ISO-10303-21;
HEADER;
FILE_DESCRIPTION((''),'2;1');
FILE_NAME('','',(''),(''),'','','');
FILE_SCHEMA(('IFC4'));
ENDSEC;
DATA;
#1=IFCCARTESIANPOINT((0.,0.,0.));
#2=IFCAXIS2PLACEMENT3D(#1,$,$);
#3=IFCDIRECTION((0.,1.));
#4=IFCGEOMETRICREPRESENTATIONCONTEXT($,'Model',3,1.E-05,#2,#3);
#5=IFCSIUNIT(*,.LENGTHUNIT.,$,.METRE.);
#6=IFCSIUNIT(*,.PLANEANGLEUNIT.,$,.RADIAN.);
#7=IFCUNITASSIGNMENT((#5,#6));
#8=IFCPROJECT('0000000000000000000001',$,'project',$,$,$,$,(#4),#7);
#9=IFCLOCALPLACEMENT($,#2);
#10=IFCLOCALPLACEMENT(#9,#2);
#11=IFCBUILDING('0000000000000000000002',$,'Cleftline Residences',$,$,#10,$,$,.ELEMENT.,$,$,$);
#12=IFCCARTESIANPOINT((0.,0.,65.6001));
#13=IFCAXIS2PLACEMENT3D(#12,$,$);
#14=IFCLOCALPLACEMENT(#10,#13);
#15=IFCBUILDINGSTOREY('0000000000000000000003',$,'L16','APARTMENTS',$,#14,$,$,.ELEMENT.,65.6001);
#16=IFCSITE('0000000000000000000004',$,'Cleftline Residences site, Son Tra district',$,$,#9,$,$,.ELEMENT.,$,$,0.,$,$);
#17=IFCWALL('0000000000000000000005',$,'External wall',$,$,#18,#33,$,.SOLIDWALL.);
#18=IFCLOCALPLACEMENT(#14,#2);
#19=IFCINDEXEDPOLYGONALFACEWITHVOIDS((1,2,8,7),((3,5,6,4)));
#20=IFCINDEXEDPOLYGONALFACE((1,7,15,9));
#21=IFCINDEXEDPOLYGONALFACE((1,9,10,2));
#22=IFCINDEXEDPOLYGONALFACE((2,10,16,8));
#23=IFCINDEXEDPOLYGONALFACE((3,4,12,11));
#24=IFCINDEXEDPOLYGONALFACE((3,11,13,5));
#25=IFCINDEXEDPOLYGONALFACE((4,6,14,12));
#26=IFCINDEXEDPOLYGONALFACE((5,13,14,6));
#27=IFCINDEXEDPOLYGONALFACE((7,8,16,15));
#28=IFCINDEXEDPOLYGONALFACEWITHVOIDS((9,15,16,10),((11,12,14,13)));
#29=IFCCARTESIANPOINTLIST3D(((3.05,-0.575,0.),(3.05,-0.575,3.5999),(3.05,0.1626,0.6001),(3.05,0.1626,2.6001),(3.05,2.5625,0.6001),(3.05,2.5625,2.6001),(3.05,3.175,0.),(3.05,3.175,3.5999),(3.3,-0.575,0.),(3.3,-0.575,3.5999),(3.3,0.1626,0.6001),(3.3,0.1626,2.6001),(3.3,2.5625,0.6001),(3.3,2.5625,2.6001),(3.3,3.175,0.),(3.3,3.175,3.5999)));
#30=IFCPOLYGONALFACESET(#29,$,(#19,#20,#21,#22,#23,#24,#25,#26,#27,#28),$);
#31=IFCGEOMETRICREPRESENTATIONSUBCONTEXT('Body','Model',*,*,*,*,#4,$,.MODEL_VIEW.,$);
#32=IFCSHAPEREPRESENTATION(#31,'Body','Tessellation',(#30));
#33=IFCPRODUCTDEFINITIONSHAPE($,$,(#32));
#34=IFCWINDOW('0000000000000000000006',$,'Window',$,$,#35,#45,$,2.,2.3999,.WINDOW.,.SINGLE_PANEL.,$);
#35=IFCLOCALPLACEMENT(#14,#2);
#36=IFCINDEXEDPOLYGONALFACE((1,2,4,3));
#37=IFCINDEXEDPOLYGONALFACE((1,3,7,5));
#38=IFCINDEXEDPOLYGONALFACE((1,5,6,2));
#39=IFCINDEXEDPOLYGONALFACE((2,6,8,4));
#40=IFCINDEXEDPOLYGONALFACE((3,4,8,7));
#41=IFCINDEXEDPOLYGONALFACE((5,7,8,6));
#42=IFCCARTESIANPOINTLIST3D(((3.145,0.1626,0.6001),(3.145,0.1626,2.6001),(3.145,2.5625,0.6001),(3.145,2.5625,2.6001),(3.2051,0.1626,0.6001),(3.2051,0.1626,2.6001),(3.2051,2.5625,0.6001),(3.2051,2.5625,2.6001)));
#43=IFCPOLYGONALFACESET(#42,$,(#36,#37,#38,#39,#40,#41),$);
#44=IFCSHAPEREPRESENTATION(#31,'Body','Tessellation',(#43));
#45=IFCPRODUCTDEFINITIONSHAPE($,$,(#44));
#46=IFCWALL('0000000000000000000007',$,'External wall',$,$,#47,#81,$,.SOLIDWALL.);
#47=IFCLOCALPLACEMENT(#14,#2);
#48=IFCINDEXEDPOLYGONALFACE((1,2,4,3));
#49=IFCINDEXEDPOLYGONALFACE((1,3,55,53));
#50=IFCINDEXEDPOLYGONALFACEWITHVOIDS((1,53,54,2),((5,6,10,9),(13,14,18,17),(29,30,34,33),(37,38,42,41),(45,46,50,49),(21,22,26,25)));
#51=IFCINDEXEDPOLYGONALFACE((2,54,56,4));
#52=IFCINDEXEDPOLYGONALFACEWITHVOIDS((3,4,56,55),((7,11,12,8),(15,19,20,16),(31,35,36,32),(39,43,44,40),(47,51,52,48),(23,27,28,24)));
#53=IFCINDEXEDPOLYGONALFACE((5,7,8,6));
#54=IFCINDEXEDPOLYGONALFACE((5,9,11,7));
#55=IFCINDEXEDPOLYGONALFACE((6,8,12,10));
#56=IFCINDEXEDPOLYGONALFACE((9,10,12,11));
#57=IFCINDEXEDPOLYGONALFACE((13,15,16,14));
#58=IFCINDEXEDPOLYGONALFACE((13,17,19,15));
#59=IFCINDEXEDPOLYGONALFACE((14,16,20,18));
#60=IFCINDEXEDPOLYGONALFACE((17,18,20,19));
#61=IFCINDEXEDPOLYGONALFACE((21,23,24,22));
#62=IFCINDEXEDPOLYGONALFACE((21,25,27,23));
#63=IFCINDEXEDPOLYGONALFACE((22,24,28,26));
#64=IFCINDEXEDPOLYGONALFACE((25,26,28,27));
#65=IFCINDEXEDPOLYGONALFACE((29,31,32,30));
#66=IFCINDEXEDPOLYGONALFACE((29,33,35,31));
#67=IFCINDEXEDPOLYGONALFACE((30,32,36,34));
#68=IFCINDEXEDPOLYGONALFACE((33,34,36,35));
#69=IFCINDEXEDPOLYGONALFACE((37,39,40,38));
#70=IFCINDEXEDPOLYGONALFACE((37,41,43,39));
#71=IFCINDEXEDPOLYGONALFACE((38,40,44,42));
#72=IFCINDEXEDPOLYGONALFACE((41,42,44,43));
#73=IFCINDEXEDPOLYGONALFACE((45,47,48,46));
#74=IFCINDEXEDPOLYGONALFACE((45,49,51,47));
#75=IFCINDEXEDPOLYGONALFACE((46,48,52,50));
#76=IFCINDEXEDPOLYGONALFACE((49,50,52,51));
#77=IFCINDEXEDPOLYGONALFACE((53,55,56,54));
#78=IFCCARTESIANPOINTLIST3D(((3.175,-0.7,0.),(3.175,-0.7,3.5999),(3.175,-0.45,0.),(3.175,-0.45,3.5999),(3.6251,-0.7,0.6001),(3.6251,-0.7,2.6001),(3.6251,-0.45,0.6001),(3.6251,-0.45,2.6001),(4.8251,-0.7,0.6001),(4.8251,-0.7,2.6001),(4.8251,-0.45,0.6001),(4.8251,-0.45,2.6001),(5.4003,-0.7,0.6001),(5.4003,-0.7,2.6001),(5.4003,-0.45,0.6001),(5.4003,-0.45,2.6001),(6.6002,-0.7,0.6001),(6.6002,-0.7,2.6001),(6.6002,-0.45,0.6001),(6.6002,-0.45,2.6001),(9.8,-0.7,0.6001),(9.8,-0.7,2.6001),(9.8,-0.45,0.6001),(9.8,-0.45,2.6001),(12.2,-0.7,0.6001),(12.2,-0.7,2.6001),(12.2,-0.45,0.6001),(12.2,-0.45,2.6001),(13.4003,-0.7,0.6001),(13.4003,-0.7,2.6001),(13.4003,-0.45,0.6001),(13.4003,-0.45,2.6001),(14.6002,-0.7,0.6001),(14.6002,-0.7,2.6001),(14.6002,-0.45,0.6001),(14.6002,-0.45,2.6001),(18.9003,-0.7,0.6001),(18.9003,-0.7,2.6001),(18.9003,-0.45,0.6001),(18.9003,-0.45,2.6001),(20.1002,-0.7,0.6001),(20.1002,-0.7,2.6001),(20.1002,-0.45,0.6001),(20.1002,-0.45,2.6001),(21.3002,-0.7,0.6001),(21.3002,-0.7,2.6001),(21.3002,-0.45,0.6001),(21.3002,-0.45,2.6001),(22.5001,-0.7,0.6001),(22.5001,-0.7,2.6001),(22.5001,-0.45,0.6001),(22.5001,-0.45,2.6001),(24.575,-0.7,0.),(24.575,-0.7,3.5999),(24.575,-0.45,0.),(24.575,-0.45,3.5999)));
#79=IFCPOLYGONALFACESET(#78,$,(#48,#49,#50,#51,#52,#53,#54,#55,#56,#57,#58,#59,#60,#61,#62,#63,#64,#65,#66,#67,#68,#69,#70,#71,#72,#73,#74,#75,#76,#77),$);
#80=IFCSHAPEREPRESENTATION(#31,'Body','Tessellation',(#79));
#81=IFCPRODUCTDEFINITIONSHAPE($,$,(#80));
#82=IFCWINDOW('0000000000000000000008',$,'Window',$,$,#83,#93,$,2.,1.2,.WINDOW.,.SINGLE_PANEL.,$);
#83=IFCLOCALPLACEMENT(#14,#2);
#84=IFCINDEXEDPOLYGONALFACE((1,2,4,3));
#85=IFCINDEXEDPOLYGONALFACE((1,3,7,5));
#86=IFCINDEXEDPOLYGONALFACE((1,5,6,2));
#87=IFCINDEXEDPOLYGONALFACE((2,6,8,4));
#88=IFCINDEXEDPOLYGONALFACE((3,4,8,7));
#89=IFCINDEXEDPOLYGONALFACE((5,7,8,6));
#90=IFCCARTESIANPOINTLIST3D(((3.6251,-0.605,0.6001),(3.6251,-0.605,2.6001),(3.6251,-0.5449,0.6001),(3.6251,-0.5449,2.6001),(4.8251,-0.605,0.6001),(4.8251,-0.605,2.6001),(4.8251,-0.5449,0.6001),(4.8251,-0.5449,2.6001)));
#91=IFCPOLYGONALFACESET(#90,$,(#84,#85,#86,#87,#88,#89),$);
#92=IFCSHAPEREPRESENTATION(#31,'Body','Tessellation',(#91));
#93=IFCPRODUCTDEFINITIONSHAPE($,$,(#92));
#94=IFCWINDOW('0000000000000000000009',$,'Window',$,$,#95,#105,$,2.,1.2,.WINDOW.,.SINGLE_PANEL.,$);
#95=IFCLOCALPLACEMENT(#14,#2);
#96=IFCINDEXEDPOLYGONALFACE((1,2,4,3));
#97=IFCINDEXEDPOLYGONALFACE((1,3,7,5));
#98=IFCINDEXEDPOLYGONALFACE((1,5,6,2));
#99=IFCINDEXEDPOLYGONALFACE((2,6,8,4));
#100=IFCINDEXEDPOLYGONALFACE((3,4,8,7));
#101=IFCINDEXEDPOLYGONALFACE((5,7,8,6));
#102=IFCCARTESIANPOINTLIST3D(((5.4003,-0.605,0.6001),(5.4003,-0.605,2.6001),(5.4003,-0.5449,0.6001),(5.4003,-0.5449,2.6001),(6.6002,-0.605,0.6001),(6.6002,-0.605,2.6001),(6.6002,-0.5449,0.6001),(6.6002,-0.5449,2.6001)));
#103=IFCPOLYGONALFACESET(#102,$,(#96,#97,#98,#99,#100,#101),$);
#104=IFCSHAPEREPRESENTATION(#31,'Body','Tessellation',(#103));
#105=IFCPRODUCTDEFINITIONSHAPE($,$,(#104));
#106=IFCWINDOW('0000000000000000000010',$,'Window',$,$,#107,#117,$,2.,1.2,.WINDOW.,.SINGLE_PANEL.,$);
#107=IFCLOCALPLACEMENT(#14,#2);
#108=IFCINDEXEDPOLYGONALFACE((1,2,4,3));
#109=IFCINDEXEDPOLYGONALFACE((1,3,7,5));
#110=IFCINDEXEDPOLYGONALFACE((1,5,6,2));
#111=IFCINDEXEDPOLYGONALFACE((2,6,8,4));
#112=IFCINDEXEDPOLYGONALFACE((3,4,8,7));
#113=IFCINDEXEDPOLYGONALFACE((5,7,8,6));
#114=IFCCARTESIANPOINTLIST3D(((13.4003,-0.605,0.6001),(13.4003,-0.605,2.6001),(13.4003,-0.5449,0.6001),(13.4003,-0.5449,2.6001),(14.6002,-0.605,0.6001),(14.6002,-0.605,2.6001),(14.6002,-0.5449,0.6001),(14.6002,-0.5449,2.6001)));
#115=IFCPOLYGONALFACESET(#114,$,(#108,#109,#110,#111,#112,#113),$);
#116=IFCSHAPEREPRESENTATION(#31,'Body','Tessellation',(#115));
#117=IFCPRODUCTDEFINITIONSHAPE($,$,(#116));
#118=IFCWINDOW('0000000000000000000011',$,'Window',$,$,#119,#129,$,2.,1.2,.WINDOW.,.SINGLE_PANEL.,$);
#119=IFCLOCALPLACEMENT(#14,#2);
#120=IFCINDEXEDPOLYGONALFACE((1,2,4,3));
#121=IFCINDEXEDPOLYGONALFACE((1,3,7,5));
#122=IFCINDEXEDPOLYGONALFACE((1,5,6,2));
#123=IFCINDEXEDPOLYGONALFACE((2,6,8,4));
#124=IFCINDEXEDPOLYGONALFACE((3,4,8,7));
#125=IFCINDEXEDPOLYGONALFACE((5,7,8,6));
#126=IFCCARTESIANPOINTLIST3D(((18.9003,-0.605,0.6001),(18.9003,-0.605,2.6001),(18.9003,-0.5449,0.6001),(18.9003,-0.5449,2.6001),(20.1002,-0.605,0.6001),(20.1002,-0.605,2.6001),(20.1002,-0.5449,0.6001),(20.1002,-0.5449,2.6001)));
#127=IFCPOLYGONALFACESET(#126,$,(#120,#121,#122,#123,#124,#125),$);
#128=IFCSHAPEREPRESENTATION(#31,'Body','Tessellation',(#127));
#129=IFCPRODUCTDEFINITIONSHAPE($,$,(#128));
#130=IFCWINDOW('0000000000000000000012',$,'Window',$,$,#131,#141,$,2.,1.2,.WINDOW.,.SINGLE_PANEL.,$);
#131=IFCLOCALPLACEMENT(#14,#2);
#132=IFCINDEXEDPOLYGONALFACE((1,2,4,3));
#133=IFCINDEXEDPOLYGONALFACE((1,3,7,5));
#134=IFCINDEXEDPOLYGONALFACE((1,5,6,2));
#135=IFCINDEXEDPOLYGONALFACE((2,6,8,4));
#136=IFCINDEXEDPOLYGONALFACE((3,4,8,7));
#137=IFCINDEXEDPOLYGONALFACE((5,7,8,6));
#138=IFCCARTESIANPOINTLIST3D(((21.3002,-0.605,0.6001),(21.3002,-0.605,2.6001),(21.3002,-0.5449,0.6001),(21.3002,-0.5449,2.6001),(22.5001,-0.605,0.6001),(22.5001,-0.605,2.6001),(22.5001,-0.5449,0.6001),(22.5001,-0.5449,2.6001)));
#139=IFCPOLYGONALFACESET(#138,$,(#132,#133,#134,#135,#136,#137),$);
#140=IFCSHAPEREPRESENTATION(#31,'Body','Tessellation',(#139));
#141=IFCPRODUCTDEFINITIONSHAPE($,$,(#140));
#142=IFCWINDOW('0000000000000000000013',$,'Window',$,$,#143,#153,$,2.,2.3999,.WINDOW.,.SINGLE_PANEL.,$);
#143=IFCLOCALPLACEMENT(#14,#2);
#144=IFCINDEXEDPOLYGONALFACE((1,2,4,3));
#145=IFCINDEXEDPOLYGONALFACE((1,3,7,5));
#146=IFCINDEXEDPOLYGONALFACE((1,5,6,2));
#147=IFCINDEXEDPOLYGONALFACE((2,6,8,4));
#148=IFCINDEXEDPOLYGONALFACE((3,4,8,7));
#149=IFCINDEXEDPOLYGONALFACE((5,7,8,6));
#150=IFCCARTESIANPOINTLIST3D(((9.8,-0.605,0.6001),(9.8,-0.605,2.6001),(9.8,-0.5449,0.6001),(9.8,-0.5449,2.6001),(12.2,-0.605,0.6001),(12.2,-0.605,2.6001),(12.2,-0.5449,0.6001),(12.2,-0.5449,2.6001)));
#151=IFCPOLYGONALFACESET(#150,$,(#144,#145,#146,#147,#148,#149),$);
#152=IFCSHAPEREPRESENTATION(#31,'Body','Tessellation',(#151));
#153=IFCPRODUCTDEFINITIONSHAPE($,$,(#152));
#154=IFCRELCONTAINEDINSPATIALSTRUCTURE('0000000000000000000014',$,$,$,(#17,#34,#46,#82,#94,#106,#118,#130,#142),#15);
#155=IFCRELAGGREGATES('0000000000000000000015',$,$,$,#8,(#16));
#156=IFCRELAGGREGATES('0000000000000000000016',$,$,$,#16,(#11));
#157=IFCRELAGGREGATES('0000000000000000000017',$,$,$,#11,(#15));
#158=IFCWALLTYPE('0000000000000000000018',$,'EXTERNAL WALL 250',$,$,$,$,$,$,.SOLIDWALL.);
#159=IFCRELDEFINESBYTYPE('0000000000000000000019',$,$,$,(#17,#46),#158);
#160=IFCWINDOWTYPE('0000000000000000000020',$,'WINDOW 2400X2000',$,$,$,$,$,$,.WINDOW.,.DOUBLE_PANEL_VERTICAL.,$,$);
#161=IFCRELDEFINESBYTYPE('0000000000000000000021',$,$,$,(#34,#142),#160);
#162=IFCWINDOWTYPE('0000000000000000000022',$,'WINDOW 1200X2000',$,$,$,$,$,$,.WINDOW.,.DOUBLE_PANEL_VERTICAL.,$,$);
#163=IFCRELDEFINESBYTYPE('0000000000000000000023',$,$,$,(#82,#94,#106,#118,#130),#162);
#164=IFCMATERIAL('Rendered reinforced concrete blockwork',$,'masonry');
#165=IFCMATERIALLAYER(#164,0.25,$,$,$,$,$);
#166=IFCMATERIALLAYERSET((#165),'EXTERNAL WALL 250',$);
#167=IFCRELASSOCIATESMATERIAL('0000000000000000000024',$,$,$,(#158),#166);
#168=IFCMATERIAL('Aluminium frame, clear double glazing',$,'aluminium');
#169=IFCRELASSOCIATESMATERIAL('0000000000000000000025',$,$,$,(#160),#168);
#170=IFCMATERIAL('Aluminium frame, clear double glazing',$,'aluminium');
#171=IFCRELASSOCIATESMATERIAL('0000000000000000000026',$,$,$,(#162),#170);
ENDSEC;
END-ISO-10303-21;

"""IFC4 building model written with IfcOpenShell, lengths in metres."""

from ifc_helpers import new_model, si_unit, direction, frame, frame_2d, origin, place, context, subcontext, project, spatial, rectangle, extrude, material, layer, layer_set, type_object, element, fill, save


model = new_model("IFC4")

# Units and contexts
model_context = context("Model", 3, precision=1e-05, world=origin(), true_north=direction((0.0, 1.0)))
body_context = subcontext(model_context, "Body", "Model", "MODEL_VIEW")
ifc_project = project(units=[si_unit("LENGTHUNIT", "METRE"), si_unit("PLANEANGLEUNIT", "RADIAN")], contexts=[model_context])

# Site, building, storey
site_placement = place(None, origin())
site = spatial("IfcSite", under=ifc_project, at=site_placement, Name="Cleftline Residences site, Son Tra district", CompositionType="ELEMENT", RefElevation=0.0)
building_placement = place(site_placement, origin())
building = spatial("IfcBuilding", under=site, at=building_placement, Name="Cleftline Residences", CompositionType="ELEMENT")
storey_placement = place(building_placement, frame((0.0, 0.0, 65.6001)))
storey = spatial("IfcBuildingStorey", under=building, at=storey_placement, Name="L16", Description="APARTMENTS", CompositionType="ELEMENT", Elevation=65.6001)

# Wall, opening, window
ifc_material_1 = material(Name="Rendered reinforced concrete blockwork", Category="masonry")
ifc_layer_1 = layer(ifc_material_1, 0.25)
ifc_layer_set_1 = layer_set([ifc_layer_1], Name="EXTERNAL WALL 250")
wall_type_1 = type_object("IfcWallType", Name="EXTERNAL WALL 250", PredefinedType="SOLIDWALL", material=ifc_layer_set_1)
wall_1_placement = place(storey_placement, frame((3.175, 3.175, 0.0), z_axis=(0.0, 0.0, 1.0), x_axis=(0.0, -1.0, 0.0)))
wall_1 = element("IfcWall", 1, at=wall_1_placement, inside=storey, type_object=wall_type_1, Name="External wall", PredefinedType="SOLIDWALL", context=body_context, shape_type="SweptSolid", body=[
    extrude(rectangle(XDim=3.75, YDim=0.25, at=frame_2d((1.875, 0.0))), origin(), (0.0, 0.0, 1.0), 3.5999),
])
opening_1_placement = place(wall_1_placement, frame((0.6125, 0.0, 0.6001)))
opening_1 = element("IfcOpeningElement", 2, at=opening_1_placement, cuts=wall_1, PredefinedType="OPENING", context=body_context, shape_type="SweptSolid", body=[
    extrude(rectangle(XDim=2.3999, YDim=2.0, at=frame_2d((1.2, 1.0))), frame((0.0, 0.135, 0.0), z_axis=(0.0, -1.0, 0.0), x_axis=(1.0, 0.0, 0.0)), (0.0, 0.0, 1.0), 0.27),
])
ifc_material_2 = material(Name="Aluminium frame, clear double glazing", Category="aluminium")
window_type_1 = type_object("IfcWindowType", Name="WINDOW 2400X2000", PartitioningType="DOUBLE_PANEL_VERTICAL", PredefinedType="WINDOW", material=ifc_material_2)
window_1_placement = place(opening_1_placement, origin())
window_1 = element("IfcWindow", 3, at=window_1_placement, inside=storey, type_object=window_type_1, Name="Window", OverallHeight=2.0, OverallWidth=2.3999, PartitioningType="SINGLE_PANEL", PredefinedType="WINDOW", context=body_context, shape_type="SweptSolid", body=[
    extrude(rectangle(XDim=2.3999, YDim=2.0, at=frame_2d((1.2, 1.0))), frame((0.0, 0.03, 0.0), z_axis=(0.0, -1.0, 0.0), x_axis=(1.0, 0.0, 0.0)), (0.0, 0.0, 1.0), 0.0601),
])
fill(opening_1, window_1)

# Wall, openings, windows
wall_2_placement = place(storey_placement, frame((3.175, -0.575, 0.0), z_axis=(0.0, 0.0, 1.0), x_axis=(1.0, 0.0, 0.0)))
wall_2 = element("IfcWall", 4, at=wall_2_placement, inside=storey, type_object=wall_type_1, Name="External wall", PredefinedType="SOLIDWALL", context=body_context, shape_type="SweptSolid", body=[
    extrude(rectangle(XDim=21.3999, YDim=0.25, at=frame_2d((10.7, 0.0))), origin(), (0.0, 0.0, 1.0), 3.5999),
])
opening_2_placement = place(wall_2_placement, frame((0.45, 0.0, 0.6001)))
opening_2 = element("IfcOpeningElement", 5, at=opening_2_placement, cuts=wall_2, PredefinedType="OPENING", context=body_context, shape_type="SweptSolid", body=[
    extrude(rectangle(XDim=1.2, YDim=2.0, at=frame_2d((0.6001, 1.0))), frame((0.0, 0.135, 0.0), z_axis=(0.0, -1.0, 0.0), x_axis=(1.0, 0.0, 0.0)), (0.0, 0.0, 1.0), 0.27),
])
opening_3_placement = place(wall_2_placement, frame((2.2251, 0.0, 0.6001)))
opening_3 = element("IfcOpeningElement", 6, at=opening_3_placement, cuts=wall_2, PredefinedType="OPENING", context=body_context, shape_type="SweptSolid", body=[
    extrude(rectangle(XDim=1.2, YDim=2.0, at=frame_2d((0.6001, 1.0))), frame((0.0, 0.135, 0.0), z_axis=(0.0, -1.0, 0.0), x_axis=(1.0, 0.0, 0.0)), (0.0, 0.0, 1.0), 0.27),
])
opening_4_placement = place(wall_2_placement, frame((6.625, 0.0, 0.6001)))
opening_4 = element("IfcOpeningElement", 7, at=opening_4_placement, cuts=wall_2, PredefinedType="OPENING", context=body_context, shape_type="SweptSolid", body=[
    extrude(rectangle(XDim=2.3999, YDim=2.0, at=frame_2d((1.2, 1.0))), frame((0.0, 0.135, 0.0), z_axis=(0.0, -1.0, 0.0), x_axis=(1.0, 0.0, 0.0)), (0.0, 0.0, 1.0), 0.27),
])
opening_5_placement = place(wall_2_placement, frame((10.2251, 0.0, 0.6001)))
opening_5 = element("IfcOpeningElement", 8, at=opening_5_placement, cuts=wall_2, PredefinedType="OPENING", context=body_context, shape_type="SweptSolid", body=[
    extrude(rectangle(XDim=1.2, YDim=2.0, at=frame_2d((0.6001, 1.0))), frame((0.0, 0.135, 0.0), z_axis=(0.0, -1.0, 0.0), x_axis=(1.0, 0.0, 0.0)), (0.0, 0.0, 1.0), 0.27),
])
opening_6_placement = place(wall_2_placement, frame((15.7251, 0.0, 0.6001)))
opening_6 = element("IfcOpeningElement", 9, at=opening_6_placement, cuts=wall_2, PredefinedType="OPENING", context=body_context, shape_type="SweptSolid", body=[
    extrude(rectangle(XDim=1.2, YDim=2.0, at=frame_2d((0.6001, 1.0))), frame((0.0, 0.135, 0.0), z_axis=(0.0, -1.0, 0.0), x_axis=(1.0, 0.0, 0.0)), (0.0, 0.0, 1.0), 0.27),
])
opening_7_placement = place(wall_2_placement, frame((18.125, 0.0, 0.6001)))
opening_7 = element("IfcOpeningElement", 10, at=opening_7_placement, cuts=wall_2, PredefinedType="OPENING", context=body_context, shape_type="SweptSolid", body=[
    extrude(rectangle(XDim=1.2, YDim=2.0, at=frame_2d((0.6001, 1.0))), frame((0.0, 0.135, 0.0), z_axis=(0.0, -1.0, 0.0), x_axis=(1.0, 0.0, 0.0)), (0.0, 0.0, 1.0), 0.27),
])
ifc_material_3 = material(Name="Aluminium frame, clear double glazing", Category="aluminium")
window_type_2 = type_object("IfcWindowType", Name="WINDOW 1200X2000", PartitioningType="DOUBLE_PANEL_VERTICAL", PredefinedType="WINDOW", material=ifc_material_3)
window_2_placement = place(opening_2_placement, origin())
window_2 = element("IfcWindow", 11, at=window_2_placement, inside=storey, type_object=window_type_2, Name="Window", OverallHeight=2.0, OverallWidth=1.2, PartitioningType="SINGLE_PANEL", PredefinedType="WINDOW", context=body_context, shape_type="SweptSolid", body=[
    extrude(rectangle(XDim=1.2, YDim=2.0, at=frame_2d((0.6001, 1.0))), frame((0.0, 0.03, 0.0), z_axis=(0.0, -1.0, 0.0), x_axis=(1.0, 0.0, 0.0)), (0.0, 0.0, 1.0), 0.0601),
])
fill(opening_2, window_2)
window_3_placement = place(opening_3_placement, origin())
window_3 = element("IfcWindow", 12, at=window_3_placement, inside=storey, type_object=window_type_2, Name="Window", OverallHeight=2.0, OverallWidth=1.2, PartitioningType="SINGLE_PANEL", PredefinedType="WINDOW", context=body_context, shape_type="SweptSolid", body=[
    extrude(rectangle(XDim=1.2, YDim=2.0, at=frame_2d((0.6001, 1.0))), frame((0.0, 0.03, 0.0), z_axis=(0.0, -1.0, 0.0), x_axis=(1.0, 0.0, 0.0)), (0.0, 0.0, 1.0), 0.0601),
])
fill(opening_3, window_3)
window_4_placement = place(opening_5_placement, origin())
window_4 = element("IfcWindow", 13, at=window_4_placement, inside=storey, type_object=window_type_2, Name="Window", OverallHeight=2.0, OverallWidth=1.2, PartitioningType="SINGLE_PANEL", PredefinedType="WINDOW", context=body_context, shape_type="SweptSolid", body=[
    extrude(rectangle(XDim=1.2, YDim=2.0, at=frame_2d((0.6001, 1.0))), frame((0.0, 0.03, 0.0), z_axis=(0.0, -1.0, 0.0), x_axis=(1.0, 0.0, 0.0)), (0.0, 0.0, 1.0), 0.0601),
])
fill(opening_5, window_4)
window_5_placement = place(opening_6_placement, origin())
window_5 = element("IfcWindow", 14, at=window_5_placement, inside=storey, type_object=window_type_2, Name="Window", OverallHeight=2.0, OverallWidth=1.2, PartitioningType="SINGLE_PANEL", PredefinedType="WINDOW", context=body_context, shape_type="SweptSolid", body=[
    extrude(rectangle(XDim=1.2, YDim=2.0, at=frame_2d((0.6001, 1.0))), frame((0.0, 0.03, 0.0), z_axis=(0.0, -1.0, 0.0), x_axis=(1.0, 0.0, 0.0)), (0.0, 0.0, 1.0), 0.0601),
])
fill(opening_6, window_5)
window_6_placement = place(opening_7_placement, origin())
window_6 = element("IfcWindow", 15, at=window_6_placement, inside=storey, type_object=window_type_2, Name="Window", OverallHeight=2.0, OverallWidth=1.2, PartitioningType="SINGLE_PANEL", PredefinedType="WINDOW", context=body_context, shape_type="SweptSolid", body=[
    extrude(rectangle(XDim=1.2, YDim=2.0, at=frame_2d((0.6001, 1.0))), frame((0.0, 0.03, 0.0), z_axis=(0.0, -1.0, 0.0), x_axis=(1.0, 0.0, 0.0)), (0.0, 0.0, 1.0), 0.0601),
])
fill(opening_7, window_6)
window_7_placement = place(opening_4_placement, origin())
window_7 = element("IfcWindow", 16, at=window_7_placement, inside=storey, type_object=window_type_1, Name="Window", OverallHeight=2.0, OverallWidth=2.3999, PartitioningType="SINGLE_PANEL", PredefinedType="WINDOW", context=body_context, shape_type="SweptSolid", body=[
    extrude(rectangle(XDim=2.3999, YDim=2.0, at=frame_2d((1.2, 1.0))), frame((0.0, 0.03, 0.0), z_axis=(0.0, -1.0, 0.0), x_axis=(1.0, 0.0, 0.0)), (0.0, 0.0, 1.0), 0.0601),
])
fill(opening_4, window_7)

save(model, "model.ifc")
